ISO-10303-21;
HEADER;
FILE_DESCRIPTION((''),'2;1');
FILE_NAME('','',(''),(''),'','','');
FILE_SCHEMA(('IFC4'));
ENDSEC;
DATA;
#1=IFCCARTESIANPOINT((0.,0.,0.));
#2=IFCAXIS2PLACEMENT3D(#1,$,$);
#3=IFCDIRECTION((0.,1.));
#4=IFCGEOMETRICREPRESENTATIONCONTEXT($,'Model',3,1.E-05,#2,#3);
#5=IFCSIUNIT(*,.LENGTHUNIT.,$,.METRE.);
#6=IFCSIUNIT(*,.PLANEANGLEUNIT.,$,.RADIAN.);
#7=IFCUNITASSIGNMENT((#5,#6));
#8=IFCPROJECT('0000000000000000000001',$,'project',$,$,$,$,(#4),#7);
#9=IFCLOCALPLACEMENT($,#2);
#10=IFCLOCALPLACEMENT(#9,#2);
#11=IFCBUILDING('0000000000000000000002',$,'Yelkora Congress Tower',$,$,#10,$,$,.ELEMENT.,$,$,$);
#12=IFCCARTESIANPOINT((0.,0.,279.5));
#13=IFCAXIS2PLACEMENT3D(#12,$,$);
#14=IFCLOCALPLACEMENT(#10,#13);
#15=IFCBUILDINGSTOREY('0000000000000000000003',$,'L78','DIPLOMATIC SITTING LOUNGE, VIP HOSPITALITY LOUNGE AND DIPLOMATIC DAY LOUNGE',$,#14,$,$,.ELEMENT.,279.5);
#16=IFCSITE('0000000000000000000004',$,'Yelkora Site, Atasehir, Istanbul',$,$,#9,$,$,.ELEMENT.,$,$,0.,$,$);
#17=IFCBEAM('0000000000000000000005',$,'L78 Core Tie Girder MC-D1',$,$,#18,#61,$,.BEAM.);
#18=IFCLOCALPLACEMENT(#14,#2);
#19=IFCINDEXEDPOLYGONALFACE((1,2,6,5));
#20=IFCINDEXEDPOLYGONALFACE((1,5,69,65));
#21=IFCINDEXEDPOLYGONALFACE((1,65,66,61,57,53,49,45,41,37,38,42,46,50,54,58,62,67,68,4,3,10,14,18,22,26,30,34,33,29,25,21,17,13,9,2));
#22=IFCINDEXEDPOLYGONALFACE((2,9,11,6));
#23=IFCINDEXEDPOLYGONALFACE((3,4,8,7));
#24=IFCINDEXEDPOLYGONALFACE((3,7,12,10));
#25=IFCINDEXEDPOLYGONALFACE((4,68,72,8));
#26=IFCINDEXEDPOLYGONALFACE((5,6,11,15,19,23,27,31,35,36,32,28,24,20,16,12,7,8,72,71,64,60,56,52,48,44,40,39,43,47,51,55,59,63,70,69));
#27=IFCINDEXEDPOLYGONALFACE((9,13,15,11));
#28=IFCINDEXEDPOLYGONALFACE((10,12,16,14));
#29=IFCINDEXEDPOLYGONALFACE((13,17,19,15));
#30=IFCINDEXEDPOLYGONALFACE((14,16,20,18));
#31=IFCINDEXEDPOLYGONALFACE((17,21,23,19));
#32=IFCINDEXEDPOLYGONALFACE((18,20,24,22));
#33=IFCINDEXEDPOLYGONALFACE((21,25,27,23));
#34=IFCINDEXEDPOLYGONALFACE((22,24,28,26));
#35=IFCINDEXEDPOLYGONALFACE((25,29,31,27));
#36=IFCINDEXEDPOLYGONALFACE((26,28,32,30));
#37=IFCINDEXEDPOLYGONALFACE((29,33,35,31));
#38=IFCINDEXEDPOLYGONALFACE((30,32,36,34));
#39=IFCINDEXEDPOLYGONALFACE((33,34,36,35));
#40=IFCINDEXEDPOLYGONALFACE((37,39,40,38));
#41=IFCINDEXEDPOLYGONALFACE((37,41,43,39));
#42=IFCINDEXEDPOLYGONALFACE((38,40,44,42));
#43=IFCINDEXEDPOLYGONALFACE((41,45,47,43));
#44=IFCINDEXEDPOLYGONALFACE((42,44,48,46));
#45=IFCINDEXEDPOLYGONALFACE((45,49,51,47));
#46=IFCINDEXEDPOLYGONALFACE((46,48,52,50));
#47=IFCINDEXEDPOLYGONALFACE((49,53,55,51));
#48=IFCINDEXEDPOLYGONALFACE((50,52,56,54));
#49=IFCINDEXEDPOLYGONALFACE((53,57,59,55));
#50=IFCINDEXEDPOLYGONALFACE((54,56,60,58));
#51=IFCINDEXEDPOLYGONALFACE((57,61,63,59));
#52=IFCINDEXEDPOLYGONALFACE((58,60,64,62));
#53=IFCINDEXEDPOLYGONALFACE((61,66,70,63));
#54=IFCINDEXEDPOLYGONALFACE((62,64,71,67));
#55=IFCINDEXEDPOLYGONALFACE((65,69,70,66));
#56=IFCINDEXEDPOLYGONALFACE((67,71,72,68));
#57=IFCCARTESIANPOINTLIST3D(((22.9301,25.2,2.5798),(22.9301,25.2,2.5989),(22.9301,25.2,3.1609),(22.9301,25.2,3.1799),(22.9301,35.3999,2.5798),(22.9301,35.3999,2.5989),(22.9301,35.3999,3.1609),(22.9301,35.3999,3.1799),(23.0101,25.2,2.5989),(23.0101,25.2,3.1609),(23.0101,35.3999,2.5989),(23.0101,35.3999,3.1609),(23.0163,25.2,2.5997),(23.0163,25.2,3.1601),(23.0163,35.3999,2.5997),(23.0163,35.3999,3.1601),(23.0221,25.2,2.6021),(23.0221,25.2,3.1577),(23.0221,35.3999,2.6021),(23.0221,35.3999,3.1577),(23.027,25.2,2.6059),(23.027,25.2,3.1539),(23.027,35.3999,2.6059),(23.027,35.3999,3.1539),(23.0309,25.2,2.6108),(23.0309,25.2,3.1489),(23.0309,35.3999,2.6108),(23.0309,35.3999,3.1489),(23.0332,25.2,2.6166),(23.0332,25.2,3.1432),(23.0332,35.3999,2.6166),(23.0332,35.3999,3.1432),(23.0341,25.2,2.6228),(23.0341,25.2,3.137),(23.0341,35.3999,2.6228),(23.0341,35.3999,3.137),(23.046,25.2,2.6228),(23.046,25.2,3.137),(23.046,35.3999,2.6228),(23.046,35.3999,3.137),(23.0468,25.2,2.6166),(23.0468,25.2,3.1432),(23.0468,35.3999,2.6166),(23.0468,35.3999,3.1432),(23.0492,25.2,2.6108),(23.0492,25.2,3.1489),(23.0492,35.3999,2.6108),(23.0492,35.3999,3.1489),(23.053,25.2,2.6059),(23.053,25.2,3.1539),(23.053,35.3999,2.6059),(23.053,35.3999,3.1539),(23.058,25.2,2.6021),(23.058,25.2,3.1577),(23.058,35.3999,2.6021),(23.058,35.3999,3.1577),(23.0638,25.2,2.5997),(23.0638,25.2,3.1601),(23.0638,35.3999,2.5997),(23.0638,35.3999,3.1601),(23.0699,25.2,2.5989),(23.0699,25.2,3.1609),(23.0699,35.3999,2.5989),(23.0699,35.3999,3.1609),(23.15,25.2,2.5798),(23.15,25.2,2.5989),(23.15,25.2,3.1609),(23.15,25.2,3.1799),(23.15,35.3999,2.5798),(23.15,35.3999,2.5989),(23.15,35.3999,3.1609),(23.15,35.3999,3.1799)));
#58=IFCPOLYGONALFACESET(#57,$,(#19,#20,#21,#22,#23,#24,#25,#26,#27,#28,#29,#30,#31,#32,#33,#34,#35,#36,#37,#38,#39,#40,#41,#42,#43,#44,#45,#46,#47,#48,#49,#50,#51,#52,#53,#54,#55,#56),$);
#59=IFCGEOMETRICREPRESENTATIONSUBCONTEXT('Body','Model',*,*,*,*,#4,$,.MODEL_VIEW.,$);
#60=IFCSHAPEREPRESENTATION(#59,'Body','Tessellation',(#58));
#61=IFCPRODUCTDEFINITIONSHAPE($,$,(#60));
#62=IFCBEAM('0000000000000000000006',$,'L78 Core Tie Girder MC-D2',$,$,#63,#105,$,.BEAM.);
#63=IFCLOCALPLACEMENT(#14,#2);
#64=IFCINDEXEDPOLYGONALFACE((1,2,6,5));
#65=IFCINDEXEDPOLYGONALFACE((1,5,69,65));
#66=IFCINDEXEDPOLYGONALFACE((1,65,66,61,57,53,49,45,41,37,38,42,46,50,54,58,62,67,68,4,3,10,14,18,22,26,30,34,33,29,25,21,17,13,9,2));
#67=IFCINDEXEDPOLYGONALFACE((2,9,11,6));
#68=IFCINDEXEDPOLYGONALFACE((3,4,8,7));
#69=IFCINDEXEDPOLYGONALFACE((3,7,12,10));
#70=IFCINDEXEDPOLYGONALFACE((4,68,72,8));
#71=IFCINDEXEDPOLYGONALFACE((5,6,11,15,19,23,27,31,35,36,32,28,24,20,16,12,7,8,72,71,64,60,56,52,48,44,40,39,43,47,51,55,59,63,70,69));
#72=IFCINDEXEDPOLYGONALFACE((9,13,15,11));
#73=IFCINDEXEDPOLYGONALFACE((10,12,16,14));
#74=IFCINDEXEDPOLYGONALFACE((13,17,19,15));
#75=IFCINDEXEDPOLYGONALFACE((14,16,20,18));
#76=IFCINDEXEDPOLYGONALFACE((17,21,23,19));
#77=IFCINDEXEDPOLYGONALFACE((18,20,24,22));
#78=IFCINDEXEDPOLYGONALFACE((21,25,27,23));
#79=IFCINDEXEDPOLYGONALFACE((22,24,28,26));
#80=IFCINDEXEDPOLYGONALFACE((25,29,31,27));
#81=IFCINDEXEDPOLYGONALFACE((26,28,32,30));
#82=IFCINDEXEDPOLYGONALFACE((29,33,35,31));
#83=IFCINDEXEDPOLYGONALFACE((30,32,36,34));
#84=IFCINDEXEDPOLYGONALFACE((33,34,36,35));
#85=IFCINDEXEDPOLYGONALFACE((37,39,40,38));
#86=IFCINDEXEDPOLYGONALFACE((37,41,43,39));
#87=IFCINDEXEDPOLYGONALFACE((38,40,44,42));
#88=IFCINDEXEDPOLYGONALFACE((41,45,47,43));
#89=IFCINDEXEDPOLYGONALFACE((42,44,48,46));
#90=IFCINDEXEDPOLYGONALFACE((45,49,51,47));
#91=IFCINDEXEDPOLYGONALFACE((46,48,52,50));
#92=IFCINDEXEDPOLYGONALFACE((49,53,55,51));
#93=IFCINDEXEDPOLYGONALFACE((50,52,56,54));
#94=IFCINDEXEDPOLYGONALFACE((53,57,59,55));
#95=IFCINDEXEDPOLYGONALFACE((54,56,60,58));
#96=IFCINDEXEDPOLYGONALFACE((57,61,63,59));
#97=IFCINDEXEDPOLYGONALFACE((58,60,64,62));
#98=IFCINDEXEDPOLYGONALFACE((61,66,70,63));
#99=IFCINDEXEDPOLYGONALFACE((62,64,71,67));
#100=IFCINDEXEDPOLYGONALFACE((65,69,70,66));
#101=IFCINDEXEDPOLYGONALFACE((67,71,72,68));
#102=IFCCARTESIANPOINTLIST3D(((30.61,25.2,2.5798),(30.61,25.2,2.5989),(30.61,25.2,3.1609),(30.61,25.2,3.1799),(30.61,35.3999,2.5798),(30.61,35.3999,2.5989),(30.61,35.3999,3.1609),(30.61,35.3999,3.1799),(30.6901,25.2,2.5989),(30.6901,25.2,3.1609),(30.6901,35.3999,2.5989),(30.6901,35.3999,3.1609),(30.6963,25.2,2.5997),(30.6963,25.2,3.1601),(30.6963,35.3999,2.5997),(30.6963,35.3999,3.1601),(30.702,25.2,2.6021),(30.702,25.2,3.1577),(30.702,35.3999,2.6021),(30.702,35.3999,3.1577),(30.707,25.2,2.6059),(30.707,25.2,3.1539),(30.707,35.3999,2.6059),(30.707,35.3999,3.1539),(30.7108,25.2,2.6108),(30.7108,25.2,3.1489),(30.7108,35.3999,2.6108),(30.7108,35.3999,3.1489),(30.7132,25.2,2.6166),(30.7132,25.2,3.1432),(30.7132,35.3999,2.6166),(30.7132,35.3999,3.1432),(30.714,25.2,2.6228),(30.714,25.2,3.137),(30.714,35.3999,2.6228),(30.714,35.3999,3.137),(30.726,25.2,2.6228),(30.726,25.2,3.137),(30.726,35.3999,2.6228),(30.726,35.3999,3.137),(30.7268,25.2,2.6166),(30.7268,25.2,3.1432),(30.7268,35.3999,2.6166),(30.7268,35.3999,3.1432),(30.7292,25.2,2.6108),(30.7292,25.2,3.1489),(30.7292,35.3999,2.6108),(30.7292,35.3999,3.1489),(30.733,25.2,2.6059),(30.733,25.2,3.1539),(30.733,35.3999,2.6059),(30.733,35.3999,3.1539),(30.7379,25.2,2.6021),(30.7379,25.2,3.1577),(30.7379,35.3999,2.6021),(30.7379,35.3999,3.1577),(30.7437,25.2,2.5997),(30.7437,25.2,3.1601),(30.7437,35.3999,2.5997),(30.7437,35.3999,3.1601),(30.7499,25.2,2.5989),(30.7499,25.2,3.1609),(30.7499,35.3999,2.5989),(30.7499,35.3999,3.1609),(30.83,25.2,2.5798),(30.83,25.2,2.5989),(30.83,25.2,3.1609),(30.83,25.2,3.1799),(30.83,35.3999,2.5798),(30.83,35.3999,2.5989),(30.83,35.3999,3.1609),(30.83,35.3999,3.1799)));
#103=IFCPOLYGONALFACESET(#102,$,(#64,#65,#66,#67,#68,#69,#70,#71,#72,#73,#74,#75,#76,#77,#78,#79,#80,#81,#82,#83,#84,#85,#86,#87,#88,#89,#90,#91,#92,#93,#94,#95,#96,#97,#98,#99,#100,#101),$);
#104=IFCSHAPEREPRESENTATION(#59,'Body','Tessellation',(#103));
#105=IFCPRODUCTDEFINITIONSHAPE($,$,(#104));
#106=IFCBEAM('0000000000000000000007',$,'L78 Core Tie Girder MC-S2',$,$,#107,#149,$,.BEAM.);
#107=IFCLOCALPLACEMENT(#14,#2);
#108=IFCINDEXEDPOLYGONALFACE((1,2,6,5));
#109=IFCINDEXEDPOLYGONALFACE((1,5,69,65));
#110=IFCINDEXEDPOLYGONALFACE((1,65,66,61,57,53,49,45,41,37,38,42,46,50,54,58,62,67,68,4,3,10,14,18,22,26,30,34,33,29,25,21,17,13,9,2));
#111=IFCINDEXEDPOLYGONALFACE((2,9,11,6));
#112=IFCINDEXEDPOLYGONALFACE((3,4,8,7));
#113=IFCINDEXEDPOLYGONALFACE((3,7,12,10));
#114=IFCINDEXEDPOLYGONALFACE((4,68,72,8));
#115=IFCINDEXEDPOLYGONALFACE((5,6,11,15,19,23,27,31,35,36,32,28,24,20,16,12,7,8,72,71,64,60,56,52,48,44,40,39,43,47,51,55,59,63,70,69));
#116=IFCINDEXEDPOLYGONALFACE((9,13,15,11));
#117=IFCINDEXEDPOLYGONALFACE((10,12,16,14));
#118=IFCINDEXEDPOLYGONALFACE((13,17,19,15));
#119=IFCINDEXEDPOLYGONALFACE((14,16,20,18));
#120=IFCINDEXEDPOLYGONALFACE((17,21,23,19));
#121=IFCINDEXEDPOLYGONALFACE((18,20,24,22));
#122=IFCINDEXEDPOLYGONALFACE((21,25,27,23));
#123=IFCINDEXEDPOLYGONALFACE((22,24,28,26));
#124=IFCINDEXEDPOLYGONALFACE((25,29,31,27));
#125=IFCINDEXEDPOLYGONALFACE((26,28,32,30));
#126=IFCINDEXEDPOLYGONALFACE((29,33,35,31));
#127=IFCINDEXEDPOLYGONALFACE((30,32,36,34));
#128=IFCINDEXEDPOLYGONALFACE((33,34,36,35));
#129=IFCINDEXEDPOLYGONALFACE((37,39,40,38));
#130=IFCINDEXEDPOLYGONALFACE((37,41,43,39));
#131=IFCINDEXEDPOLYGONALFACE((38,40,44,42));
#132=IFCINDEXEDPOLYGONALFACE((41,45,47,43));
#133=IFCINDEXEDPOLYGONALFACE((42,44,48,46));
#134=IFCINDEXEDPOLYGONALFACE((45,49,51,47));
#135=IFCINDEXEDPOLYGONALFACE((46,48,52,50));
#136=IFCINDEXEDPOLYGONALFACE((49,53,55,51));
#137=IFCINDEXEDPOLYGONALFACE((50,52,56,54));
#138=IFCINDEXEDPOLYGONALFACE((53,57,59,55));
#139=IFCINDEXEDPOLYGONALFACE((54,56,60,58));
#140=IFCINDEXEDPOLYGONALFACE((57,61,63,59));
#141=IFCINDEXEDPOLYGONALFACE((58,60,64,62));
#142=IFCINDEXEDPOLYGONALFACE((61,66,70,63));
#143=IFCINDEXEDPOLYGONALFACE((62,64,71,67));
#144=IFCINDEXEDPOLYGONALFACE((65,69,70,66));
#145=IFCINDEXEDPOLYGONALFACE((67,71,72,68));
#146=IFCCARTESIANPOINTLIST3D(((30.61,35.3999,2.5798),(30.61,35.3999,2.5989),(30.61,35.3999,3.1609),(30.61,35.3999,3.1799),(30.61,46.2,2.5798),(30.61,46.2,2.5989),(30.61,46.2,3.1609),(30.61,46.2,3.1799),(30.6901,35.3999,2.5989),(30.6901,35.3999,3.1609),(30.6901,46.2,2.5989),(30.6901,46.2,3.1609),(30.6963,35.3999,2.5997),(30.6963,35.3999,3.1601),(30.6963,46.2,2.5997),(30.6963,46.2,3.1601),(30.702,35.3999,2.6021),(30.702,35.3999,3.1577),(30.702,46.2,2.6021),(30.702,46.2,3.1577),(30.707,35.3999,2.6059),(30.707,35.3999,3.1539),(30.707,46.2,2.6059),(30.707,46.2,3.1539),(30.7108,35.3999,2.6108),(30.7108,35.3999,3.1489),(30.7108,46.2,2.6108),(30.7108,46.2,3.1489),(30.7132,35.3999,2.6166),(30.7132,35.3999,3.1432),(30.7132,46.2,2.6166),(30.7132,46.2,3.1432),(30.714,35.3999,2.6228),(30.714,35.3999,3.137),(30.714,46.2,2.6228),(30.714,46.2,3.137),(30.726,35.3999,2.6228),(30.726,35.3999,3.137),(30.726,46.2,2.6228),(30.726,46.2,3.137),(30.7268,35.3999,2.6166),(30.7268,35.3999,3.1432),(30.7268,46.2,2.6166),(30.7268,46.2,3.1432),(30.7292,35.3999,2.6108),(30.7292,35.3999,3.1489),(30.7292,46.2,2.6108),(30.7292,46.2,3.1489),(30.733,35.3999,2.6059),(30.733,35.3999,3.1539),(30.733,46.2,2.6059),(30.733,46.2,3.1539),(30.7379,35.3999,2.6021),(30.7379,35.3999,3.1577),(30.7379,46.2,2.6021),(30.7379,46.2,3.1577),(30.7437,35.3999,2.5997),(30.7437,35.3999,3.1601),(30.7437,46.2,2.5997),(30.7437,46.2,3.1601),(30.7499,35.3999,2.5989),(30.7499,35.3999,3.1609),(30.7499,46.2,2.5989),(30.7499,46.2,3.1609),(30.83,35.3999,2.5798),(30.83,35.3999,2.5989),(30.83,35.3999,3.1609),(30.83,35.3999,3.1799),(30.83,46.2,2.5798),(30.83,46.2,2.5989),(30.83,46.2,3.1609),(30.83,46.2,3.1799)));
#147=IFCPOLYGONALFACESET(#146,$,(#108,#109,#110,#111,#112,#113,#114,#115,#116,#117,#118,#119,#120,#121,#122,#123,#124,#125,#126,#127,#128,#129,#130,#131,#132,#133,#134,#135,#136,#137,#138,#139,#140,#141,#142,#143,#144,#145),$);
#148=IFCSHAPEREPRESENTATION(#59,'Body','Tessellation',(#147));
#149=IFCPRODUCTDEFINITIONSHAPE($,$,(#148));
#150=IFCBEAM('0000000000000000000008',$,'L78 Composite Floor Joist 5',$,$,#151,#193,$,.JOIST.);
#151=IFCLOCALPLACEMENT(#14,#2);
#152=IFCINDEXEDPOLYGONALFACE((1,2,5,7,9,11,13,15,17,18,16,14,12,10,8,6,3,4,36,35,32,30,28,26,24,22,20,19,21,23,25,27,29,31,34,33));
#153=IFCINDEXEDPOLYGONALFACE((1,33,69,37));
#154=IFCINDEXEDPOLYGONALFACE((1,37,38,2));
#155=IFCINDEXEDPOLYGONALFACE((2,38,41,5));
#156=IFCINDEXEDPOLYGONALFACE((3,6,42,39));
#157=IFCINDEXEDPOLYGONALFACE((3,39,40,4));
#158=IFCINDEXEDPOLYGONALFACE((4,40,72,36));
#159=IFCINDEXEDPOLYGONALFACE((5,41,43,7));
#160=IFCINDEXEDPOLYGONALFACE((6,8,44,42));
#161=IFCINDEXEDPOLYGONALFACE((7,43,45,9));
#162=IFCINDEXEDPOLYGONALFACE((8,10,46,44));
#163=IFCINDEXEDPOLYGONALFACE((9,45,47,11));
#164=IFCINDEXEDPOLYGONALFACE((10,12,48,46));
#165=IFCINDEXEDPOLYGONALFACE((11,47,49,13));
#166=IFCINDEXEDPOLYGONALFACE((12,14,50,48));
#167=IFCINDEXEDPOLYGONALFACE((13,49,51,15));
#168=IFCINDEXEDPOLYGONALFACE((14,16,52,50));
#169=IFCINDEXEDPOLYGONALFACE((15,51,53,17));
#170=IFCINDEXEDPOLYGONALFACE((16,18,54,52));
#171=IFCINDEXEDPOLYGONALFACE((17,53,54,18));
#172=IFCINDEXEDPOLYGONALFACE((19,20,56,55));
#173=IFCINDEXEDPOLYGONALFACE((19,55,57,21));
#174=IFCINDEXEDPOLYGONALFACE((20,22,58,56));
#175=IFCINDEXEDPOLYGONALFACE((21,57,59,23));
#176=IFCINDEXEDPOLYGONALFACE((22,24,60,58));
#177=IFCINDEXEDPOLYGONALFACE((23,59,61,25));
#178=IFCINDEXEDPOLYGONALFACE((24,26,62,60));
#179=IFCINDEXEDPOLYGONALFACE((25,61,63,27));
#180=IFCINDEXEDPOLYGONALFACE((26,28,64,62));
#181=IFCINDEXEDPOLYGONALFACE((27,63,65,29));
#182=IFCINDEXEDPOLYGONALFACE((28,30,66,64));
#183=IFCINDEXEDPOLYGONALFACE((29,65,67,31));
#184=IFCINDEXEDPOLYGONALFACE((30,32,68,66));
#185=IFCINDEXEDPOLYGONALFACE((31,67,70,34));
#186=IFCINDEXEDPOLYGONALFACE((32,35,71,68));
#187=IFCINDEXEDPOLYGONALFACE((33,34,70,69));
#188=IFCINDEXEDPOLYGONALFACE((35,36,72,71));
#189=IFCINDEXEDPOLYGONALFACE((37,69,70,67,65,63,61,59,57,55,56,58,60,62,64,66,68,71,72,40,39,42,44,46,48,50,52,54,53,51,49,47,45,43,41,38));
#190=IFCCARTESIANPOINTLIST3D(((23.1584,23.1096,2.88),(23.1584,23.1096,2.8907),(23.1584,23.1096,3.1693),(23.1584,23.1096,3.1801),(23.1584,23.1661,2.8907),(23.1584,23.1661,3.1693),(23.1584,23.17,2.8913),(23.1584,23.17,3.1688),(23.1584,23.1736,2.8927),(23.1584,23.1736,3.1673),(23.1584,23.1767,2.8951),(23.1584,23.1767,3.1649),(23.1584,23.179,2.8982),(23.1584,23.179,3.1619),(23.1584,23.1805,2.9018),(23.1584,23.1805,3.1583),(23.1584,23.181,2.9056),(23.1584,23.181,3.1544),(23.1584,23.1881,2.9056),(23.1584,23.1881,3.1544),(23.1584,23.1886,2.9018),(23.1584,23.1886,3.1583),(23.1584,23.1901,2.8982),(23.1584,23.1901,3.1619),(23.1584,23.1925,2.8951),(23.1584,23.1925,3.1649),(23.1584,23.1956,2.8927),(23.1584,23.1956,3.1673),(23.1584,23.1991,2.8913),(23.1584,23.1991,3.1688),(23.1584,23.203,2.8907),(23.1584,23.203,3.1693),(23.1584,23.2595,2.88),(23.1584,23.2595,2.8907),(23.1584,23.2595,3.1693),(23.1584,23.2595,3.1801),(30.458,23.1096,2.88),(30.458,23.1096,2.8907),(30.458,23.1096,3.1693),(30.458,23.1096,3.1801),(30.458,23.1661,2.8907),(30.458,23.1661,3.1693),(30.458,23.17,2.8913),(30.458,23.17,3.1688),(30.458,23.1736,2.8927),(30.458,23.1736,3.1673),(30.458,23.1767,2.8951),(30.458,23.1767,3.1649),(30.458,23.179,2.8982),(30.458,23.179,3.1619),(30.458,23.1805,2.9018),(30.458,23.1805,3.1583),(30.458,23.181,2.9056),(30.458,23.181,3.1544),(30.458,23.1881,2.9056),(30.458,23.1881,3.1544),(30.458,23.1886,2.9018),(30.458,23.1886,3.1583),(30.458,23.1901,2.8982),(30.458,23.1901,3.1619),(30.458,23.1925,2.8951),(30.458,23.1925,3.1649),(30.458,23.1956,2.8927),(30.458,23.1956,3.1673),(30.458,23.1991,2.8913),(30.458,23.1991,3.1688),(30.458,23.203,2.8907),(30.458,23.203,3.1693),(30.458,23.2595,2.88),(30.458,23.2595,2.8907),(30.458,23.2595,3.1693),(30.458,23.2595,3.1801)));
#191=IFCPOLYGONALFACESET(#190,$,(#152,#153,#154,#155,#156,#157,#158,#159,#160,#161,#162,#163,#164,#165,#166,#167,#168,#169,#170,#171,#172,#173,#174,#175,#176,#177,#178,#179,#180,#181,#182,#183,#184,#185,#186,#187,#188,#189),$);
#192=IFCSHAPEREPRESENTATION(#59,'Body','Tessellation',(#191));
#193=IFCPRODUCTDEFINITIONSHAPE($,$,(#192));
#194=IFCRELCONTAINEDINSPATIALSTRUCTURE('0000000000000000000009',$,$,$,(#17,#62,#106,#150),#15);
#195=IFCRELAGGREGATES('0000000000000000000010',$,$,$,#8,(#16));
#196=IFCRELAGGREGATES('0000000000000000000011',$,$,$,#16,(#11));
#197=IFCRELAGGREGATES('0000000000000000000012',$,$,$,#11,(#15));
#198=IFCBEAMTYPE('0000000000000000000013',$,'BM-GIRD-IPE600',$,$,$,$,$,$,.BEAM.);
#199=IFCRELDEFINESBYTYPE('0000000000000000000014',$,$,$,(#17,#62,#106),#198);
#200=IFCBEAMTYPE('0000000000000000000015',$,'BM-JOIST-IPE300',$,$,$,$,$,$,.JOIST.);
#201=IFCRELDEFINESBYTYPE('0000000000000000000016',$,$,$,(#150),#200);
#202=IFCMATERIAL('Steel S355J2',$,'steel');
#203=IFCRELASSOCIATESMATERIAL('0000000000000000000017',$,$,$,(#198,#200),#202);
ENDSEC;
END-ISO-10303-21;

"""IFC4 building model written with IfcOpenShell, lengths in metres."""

from ifc_helpers import new_model, si_unit, direction, frame, origin, origin_2d, place, context, subcontext, project, spatial, i_section, extrude, material, material_profile, profile_set, type_object, element, save


model = new_model("IFC4")

# Units and contexts
model_context = context("Model", 3, precision=1e-05, world=origin(), true_north=direction((0.0, 1.0)))
body_context = subcontext(model_context, "Body", "Model", "MODEL_VIEW")
ifc_project = project(units=[si_unit("LENGTHUNIT", "METRE"), si_unit("PLANEANGLEUNIT", "RADIAN")], contexts=[model_context])

# Site, building, storey
site_placement = place(None, origin())
site = spatial("IfcSite", under=ifc_project, at=site_placement, Name="Yelkora Site, Atasehir, Istanbul", CompositionType="ELEMENT", RefElevation=0.0)
building_placement = place(site_placement, origin())
building = spatial("IfcBuilding", under=site, at=building_placement, Name="Yelkora Congress Tower", CompositionType="ELEMENT")
storey_placement = place(building_placement, frame((0.0, 0.0, 279.5)))
storey = spatial("IfcBuildingStorey", under=building, at=storey_placement, Name="L78", Description="DIPLOMATIC SITTING LOUNGE, VIP HOSPITALITY LOUNGE AND DIPLOMATIC DAY LOUNGE", CompositionType="ELEMENT", Elevation=279.5)

# Beams
ifc_material_1 = material(Name="Steel S355J2", Category="steel")
ifc_material_profile_1 = material_profile(ifc_material_1, i_section(OverallWidth=0.22, OverallDepth=0.6001, WebThickness=0.012, FlangeThickness=0.019, FilletRadius=0.0239, at=origin_2d()), Name="IPE 600")
ifc_profile_set_1 = profile_set([ifc_material_profile_1], Name="Steel S355J2")
beam_type_1 = type_object("IfcBeamType", Name="BM-GIRD-IPE600", PredefinedType="BEAM", material=ifc_profile_set_1)
for number, where, z_axis, x_axis, name in (
    (1, (23.04, 25.2, 2.8799), (0.0, 1.0, 0.0), (-1.0, 0.0, 0.0), "L78 Core Tie Girder MC-D1"),
    (2, (30.72, 25.2, 2.8799), (0.0, 1.0, 0.0), (-1.0, 0.0, 0.0), "L78 Core Tie Girder MC-D2"),
):
    element("IfcBeam", number, at=place(storey_placement, frame(where, z_axis=z_axis, x_axis=x_axis)), inside=storey, type_object=beam_type_1, Name=name, PredefinedType="BEAM", context=body_context, shape_type="SweptSolid", body=[
        extrude(i_section(OverallWidth=0.22, OverallDepth=0.6001, WebThickness=0.012, FlangeThickness=0.019, FilletRadius=0.0239, at=origin_2d()), origin(), (0.0, 0.0, 1.0), 10.2),
    ])
beam_1_placement = place(storey_placement, frame((30.72, 35.3999, 2.8799), z_axis=(0.0, 1.0, 0.0), x_axis=(-1.0, 0.0, 0.0)))
element("IfcBeam", 3, at=beam_1_placement, inside=storey, type_object=beam_type_1, Name="L78 Core Tie Girder MC-S2", PredefinedType="BEAM", context=body_context, shape_type="SweptSolid", body=[
    extrude(i_section(OverallWidth=0.22, OverallDepth=0.6001, WebThickness=0.012, FlangeThickness=0.019, FilletRadius=0.0239, at=origin_2d()), origin(), (0.0, 0.0, 1.0), 10.8),
])
ifc_material_profile_2 = material_profile(ifc_material_1, i_section(OverallWidth=0.1499, OverallDepth=0.3, WebThickness=0.0071, FlangeThickness=0.0107, FilletRadius=0.0149, at=origin_2d()), Name="IPE 300")
ifc_profile_set_2 = profile_set([ifc_material_profile_2], Name="Steel S355J2")
beam_type_2 = type_object("IfcBeamType", Name="BM-JOIST-IPE300", PredefinedType="JOIST", material=ifc_profile_set_2)
beam_2_placement = place(storey_placement, frame((23.1584, 23.1846, 3.03), z_axis=(1.0, 0.0, 0.0), x_axis=(0.0, 1.0, 0.0)))
element("IfcBeam", 4, at=beam_2_placement, inside=storey, type_object=beam_type_2, Name="L78 Composite Floor Joist 5", PredefinedType="JOIST", context=body_context, shape_type="SweptSolid", body=[
    extrude(i_section(OverallWidth=0.1499, OverallDepth=0.3, WebThickness=0.0071, FlangeThickness=0.0107, FilletRadius=0.0149, at=origin_2d()), origin(), (0.0, 0.0, 1.0), 7.2996),
])

save(model, "model.ifc")
